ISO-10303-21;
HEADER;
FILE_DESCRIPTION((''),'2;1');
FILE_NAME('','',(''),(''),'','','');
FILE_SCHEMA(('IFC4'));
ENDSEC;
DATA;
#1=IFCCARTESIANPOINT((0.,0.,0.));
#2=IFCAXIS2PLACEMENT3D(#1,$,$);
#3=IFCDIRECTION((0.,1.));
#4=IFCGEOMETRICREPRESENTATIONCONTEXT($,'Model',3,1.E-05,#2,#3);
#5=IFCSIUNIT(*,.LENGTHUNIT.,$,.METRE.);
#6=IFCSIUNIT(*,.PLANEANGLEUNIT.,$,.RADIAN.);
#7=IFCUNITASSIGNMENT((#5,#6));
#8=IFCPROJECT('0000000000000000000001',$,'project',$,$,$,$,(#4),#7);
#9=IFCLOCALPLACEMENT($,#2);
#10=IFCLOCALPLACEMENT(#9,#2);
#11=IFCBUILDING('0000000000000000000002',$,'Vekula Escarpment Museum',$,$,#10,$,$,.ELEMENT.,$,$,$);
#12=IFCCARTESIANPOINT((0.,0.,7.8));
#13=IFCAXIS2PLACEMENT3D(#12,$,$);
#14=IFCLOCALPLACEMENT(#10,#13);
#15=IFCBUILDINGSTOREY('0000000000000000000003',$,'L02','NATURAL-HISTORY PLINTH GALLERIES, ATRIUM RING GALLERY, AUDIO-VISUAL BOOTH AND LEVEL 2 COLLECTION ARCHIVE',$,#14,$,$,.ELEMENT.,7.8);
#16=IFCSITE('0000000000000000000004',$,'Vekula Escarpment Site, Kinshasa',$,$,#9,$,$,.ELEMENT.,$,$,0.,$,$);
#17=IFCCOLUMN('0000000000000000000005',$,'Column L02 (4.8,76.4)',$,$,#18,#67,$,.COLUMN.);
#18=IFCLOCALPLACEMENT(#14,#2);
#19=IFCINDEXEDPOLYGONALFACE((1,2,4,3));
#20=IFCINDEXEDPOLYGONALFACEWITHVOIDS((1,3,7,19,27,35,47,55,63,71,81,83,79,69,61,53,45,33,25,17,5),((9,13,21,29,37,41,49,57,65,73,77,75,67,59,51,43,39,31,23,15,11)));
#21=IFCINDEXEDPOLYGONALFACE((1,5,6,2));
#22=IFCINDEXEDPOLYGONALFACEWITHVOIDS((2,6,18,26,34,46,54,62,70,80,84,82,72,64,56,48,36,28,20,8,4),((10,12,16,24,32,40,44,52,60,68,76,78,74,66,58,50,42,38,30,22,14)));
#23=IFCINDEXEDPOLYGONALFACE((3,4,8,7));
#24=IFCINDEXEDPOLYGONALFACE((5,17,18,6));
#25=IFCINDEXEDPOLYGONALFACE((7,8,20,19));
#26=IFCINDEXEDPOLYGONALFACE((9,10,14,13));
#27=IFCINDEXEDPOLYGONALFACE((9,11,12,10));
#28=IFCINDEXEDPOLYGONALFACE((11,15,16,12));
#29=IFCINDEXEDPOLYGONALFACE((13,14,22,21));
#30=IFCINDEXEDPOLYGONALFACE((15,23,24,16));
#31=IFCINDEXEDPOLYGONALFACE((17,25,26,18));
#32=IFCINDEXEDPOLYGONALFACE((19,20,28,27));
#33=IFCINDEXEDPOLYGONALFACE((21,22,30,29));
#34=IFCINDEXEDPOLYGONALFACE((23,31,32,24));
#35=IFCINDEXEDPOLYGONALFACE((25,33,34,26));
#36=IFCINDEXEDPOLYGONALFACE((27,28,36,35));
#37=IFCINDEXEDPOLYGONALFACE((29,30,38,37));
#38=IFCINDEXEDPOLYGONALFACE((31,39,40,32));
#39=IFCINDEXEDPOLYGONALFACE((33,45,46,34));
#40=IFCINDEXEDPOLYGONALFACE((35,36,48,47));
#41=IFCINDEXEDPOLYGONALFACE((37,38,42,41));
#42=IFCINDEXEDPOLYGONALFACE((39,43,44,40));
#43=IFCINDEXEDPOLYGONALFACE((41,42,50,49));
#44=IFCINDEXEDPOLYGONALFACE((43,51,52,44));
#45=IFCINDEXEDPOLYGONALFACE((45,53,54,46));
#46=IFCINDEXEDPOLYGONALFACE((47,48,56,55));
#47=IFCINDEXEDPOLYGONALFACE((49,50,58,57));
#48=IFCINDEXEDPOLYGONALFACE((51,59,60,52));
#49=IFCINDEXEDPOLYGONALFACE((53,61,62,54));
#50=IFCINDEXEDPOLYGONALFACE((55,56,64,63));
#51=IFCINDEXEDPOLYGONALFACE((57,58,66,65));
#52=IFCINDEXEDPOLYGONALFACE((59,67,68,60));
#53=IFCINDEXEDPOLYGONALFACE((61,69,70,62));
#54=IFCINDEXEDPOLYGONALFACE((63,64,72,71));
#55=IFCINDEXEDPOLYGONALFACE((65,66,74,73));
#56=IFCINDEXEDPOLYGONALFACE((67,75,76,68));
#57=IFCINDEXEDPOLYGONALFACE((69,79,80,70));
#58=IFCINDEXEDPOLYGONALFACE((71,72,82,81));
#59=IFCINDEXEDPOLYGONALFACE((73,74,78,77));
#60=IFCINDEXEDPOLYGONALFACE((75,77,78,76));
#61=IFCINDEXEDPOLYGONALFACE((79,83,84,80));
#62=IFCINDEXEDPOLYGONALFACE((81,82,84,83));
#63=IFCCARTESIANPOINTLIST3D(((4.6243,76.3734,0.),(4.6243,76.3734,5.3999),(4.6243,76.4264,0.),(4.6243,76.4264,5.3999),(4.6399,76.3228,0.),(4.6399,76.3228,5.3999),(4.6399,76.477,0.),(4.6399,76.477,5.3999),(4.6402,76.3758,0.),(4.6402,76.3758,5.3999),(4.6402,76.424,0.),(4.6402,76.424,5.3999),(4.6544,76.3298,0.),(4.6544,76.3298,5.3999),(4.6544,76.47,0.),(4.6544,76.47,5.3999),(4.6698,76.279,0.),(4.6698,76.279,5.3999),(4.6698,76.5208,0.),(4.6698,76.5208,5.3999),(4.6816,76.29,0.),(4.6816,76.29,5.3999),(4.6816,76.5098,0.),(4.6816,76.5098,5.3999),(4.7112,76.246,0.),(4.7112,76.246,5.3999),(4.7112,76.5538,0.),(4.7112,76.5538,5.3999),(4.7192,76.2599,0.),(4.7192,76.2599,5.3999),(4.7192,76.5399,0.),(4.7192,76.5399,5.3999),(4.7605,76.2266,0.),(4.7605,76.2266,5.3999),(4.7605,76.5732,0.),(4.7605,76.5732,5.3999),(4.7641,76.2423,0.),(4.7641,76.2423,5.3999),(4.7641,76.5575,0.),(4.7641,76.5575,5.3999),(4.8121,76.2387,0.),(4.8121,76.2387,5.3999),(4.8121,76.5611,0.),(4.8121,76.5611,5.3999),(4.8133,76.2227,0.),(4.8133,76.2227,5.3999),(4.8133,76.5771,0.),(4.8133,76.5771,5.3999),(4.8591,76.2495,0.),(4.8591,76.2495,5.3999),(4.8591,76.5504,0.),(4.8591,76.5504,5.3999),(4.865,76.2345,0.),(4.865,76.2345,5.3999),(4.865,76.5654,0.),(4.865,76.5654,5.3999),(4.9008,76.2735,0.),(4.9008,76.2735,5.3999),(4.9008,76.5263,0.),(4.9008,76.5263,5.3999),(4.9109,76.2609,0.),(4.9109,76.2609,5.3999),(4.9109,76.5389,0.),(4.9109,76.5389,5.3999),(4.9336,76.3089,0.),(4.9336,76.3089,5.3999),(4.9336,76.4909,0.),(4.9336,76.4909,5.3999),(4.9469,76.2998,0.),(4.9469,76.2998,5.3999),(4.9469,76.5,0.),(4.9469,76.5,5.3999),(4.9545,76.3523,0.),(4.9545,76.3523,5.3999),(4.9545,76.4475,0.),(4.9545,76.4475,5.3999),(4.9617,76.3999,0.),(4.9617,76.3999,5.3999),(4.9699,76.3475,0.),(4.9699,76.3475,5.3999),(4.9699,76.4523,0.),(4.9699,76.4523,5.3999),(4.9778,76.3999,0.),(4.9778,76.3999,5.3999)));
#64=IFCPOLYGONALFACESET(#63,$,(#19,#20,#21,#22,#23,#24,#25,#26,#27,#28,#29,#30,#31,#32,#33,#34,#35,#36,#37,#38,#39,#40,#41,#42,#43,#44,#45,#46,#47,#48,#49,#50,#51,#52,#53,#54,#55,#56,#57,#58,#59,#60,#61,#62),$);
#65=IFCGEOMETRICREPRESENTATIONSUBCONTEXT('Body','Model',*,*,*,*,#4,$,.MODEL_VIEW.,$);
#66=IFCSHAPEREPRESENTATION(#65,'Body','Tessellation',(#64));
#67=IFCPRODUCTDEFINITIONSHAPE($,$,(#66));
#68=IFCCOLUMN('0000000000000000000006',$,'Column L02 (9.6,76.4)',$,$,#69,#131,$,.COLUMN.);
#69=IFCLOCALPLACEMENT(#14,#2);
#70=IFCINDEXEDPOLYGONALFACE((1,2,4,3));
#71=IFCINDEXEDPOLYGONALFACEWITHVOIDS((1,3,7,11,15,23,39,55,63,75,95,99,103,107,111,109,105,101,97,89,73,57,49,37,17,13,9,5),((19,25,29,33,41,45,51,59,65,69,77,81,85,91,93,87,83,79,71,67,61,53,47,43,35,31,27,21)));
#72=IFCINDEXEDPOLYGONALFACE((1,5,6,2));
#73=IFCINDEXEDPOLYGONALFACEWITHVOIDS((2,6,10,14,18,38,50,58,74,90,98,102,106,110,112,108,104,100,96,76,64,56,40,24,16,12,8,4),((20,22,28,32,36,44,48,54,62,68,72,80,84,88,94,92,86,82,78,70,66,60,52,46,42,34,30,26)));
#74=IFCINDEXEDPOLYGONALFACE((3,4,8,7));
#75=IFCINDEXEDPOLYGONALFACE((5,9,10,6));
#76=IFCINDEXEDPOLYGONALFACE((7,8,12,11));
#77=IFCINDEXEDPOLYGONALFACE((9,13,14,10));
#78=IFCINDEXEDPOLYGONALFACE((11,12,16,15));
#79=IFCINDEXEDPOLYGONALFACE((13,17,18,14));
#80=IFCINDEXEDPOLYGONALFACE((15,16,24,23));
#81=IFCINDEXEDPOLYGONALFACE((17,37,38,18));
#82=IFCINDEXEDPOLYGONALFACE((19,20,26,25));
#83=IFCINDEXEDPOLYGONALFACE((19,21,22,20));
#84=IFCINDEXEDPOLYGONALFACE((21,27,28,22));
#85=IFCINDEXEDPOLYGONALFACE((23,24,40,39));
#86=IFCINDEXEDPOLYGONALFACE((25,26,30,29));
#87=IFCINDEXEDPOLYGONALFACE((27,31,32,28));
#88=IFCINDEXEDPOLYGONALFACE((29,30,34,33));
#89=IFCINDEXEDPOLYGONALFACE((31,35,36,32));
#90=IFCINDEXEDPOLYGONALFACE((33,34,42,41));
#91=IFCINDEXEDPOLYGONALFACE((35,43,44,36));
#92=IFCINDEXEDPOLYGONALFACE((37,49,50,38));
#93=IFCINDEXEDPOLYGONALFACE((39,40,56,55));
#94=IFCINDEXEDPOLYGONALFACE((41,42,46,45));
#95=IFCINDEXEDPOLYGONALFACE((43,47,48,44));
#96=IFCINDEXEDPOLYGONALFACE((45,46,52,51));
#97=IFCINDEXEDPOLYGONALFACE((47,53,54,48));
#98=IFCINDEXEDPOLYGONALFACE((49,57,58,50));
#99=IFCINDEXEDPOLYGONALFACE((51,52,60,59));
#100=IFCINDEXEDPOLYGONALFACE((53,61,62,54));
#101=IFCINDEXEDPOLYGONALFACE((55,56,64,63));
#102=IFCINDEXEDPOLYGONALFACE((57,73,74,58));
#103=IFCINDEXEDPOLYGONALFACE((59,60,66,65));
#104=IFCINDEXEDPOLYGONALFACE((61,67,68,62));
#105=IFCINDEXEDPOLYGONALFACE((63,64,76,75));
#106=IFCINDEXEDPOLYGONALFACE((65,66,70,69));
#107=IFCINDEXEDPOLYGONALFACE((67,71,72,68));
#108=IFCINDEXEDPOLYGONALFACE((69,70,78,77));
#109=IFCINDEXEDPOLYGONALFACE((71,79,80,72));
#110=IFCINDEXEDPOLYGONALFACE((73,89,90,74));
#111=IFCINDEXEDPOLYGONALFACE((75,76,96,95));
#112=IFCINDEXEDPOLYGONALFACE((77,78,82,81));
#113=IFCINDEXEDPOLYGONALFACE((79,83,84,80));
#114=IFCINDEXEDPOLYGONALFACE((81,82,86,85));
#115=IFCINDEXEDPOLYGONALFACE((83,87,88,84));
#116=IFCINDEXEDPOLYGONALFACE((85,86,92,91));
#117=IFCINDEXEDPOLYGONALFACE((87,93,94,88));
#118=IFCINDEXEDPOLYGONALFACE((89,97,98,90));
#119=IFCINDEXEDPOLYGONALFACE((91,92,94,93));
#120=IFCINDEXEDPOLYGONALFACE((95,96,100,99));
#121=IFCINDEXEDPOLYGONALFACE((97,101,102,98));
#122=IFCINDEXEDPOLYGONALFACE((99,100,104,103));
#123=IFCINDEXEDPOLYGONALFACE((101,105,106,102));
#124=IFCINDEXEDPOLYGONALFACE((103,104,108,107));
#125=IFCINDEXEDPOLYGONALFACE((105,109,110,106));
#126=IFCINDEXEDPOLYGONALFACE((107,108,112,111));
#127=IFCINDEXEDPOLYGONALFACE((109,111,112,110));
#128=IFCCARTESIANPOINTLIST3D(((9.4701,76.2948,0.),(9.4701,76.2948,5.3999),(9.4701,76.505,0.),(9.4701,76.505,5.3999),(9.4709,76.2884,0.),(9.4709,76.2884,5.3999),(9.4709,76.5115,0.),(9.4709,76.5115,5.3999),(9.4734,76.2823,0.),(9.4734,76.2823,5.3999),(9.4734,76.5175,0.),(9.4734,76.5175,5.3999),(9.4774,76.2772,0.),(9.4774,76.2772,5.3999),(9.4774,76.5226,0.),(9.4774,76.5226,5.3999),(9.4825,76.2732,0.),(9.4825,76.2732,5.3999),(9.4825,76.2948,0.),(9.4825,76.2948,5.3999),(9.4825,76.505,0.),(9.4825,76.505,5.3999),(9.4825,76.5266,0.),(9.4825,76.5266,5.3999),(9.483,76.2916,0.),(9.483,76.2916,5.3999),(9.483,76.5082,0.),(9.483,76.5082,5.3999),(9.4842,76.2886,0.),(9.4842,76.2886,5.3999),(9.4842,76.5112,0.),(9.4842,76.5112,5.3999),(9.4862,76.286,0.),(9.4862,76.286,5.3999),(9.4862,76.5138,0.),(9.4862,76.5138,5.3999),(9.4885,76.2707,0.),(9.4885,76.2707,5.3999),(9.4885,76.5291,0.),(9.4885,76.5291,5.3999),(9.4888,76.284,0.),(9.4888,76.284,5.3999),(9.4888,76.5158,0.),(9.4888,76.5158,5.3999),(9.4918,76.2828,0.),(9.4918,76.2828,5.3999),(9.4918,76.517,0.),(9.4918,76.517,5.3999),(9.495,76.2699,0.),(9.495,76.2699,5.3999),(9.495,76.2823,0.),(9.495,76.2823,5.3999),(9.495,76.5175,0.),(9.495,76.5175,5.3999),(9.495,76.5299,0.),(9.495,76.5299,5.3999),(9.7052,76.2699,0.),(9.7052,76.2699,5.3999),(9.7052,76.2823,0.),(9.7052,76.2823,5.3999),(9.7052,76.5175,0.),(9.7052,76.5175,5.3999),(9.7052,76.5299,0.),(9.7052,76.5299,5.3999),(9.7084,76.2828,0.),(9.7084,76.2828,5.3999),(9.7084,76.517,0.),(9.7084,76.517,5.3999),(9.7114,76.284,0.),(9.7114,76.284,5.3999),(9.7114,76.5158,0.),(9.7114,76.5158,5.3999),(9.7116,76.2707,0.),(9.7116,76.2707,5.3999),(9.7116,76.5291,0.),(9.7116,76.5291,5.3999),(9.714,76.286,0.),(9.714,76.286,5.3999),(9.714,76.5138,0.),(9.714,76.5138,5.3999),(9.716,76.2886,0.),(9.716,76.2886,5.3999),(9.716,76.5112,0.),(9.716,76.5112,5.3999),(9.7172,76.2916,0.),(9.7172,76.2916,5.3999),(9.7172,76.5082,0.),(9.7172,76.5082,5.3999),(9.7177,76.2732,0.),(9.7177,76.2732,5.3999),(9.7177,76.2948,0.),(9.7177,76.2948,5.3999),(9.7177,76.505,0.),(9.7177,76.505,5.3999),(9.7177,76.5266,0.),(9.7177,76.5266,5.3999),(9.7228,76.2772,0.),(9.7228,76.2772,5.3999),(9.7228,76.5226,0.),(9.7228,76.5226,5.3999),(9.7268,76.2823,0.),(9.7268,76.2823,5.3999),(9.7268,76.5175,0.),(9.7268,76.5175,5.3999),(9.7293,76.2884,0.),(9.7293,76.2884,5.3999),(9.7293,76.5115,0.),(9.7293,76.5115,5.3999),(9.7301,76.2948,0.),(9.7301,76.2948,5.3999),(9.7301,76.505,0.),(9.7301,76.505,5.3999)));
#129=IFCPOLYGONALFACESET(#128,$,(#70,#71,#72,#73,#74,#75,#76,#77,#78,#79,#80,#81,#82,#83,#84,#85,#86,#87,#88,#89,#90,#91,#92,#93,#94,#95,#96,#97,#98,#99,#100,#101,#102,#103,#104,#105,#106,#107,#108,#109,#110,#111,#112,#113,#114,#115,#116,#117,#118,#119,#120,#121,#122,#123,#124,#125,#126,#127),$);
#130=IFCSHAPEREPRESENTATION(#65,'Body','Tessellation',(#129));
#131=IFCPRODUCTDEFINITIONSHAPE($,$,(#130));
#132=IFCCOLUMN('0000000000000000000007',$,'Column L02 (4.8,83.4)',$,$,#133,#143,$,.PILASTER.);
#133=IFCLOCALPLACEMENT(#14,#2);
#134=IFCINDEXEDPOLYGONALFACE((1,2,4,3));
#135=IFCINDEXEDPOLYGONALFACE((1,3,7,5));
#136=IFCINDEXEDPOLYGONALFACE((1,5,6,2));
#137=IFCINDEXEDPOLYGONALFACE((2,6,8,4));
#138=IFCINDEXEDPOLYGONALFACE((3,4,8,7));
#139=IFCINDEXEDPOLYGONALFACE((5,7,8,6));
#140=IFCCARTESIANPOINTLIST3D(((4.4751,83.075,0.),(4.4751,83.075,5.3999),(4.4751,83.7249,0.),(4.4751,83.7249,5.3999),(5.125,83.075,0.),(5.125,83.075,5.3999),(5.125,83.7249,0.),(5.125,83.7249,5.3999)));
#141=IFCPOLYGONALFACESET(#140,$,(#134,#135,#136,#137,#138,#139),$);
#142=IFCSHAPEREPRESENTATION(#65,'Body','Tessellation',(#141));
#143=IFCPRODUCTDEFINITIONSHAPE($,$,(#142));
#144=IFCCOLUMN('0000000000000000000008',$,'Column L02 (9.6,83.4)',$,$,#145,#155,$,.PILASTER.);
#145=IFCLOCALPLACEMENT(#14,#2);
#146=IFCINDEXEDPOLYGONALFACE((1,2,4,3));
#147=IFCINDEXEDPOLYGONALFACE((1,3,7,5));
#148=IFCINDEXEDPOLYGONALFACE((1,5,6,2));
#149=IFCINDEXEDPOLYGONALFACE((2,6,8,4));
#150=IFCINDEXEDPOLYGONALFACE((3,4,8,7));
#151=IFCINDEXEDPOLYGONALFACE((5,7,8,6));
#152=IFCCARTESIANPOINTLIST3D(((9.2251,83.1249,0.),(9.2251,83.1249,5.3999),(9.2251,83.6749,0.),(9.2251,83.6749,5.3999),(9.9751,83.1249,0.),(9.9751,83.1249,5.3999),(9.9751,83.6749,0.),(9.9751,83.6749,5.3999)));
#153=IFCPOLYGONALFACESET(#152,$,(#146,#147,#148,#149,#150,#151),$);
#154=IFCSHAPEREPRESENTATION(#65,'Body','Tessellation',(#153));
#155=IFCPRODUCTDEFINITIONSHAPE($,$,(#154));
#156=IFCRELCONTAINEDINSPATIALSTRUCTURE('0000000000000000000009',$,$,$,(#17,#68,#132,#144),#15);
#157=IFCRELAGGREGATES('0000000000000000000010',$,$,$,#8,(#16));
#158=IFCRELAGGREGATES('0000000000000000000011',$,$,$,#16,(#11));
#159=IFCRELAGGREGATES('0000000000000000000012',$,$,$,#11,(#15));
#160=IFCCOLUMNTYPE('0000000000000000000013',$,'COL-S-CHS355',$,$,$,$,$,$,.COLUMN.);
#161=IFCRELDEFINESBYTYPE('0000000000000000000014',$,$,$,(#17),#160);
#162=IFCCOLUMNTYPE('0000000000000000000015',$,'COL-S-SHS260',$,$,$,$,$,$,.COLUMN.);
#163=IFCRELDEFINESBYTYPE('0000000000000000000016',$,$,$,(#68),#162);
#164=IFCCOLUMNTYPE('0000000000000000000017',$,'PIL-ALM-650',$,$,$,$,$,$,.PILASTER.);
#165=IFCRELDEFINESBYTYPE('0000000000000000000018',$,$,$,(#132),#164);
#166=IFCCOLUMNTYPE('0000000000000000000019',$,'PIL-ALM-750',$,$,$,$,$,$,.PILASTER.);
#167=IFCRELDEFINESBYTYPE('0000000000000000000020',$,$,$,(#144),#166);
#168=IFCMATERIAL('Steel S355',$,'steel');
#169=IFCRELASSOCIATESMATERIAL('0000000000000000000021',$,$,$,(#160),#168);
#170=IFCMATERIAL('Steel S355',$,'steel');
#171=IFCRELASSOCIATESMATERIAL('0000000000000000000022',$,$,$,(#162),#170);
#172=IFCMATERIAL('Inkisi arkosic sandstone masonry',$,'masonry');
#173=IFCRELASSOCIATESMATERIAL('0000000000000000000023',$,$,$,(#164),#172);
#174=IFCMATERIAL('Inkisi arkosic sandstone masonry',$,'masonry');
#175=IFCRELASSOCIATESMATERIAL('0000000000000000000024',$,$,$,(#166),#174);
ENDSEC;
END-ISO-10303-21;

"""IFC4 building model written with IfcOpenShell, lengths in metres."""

from ifc_helpers import new_model, si_unit, direction, frame, origin, origin_2d, place, context, subcontext, project, spatial, rectangle, hollow_rectangle, hollow_circle, extrude, material, material_profile, profile_set, type_object, element, save


model = new_model("IFC4")

# Units and contexts
model_context = context("Model", 3, precision=1e-05, world=origin(), true_north=direction((0.0, 1.0)))
body_context = subcontext(model_context, "Body", "Model", "MODEL_VIEW")
ifc_project = project(units=[si_unit("LENGTHUNIT", "METRE"), si_unit("PLANEANGLEUNIT", "RADIAN")], contexts=[model_context])

# Site, building, storey
site_placement = place(None, origin())
site = spatial("IfcSite", under=ifc_project, at=site_placement, Name="Vekula Escarpment Site, Kinshasa", CompositionType="ELEMENT", RefElevation=0.0)
building_placement = place(site_placement, origin())
building = spatial("IfcBuilding", under=site, at=building_placement, Name="Vekula Escarpment Museum", CompositionType="ELEMENT")
storey_placement = place(building_placement, frame((0.0, 0.0, 7.8)))
storey = spatial("IfcBuildingStorey", under=building, at=storey_placement, Name="L02", Description="NATURAL-HISTORY PLINTH GALLERIES, ATRIUM RING GALLERY, AUDIO-VISUAL BOOTH AND LEVEL 2 COLLECTION ARCHIVE", CompositionType="ELEMENT", Elevation=7.8)

# Columns
ifc_material_1 = material(Name="Steel S355", Category="steel")
ifc_material_profile_1 = material_profile(ifc_material_1, hollow_circle(Radius=0.1777, WallThickness=0.0161, at=origin_2d()), Name="CHS 355.6x16")
ifc_profile_set_1 = profile_set([ifc_material_profile_1], Name="Steel S355")
column_type_1 = type_object("IfcColumnType", Name="COL-S-CHS355", PredefinedType="COLUMN", material=ifc_profile_set_1)
column_1_placement = place(storey_placement, frame((4.8, 76.3999, 0.0), z_axis=(0.0, 0.0, 1.0), x_axis=(1.0, 0.0, 0.0)))
element("IfcColumn", 1, at=column_1_placement, inside=storey, type_object=column_type_1, Name="Column L02 (4.8,76.4)", PredefinedType="COLUMN", context=body_context, shape_type="SweptSolid", body=[
    extrude(hollow_circle(Radius=0.1777, WallThickness=0.0161, at=origin_2d()), origin(), (0.0, 0.0, 1.0), 5.3999),
])
ifc_material_2 = material(Name="Steel S355", Category="steel")
ifc_material_profile_2 = material_profile(ifc_material_2, hollow_rectangle(XDim=0.26, YDim=0.26, WallThickness=0.0125, InnerFilletRadius=0.0125, OuterFilletRadius=0.0249, at=origin_2d()), Name="SHS 260x260x12.5")
ifc_profile_set_2 = profile_set([ifc_material_profile_2], Name="Steel S355")
column_type_2 = type_object("IfcColumnType", Name="COL-S-SHS260", PredefinedType="COLUMN", material=ifc_profile_set_2)
column_2_placement = place(storey_placement, frame((9.6001, 76.3999, 0.0), z_axis=(0.0, 0.0, 1.0), x_axis=(1.0, 0.0, 0.0)))
element("IfcColumn", 2, at=column_2_placement, inside=storey, type_object=column_type_2, Name="Column L02 (9.6,76.4)", PredefinedType="COLUMN", context=body_context, shape_type="SweptSolid", body=[
    extrude(hollow_rectangle(XDim=0.26, YDim=0.26, WallThickness=0.0125, InnerFilletRadius=0.0125, OuterFilletRadius=0.0249, at=origin_2d()), origin(), (0.0, 0.0, 1.0), 5.3999),
])
ifc_material_3 = material(Name="Inkisi arkosic sandstone masonry", Category="masonry")
ifc_material_profile_3 = material_profile(ifc_material_3, rectangle(XDim=0.6499, YDim=0.6499, at=origin_2d()), Name="PIER 650x650")
ifc_profile_set_3 = profile_set([ifc_material_profile_3], Name="Inkisi arkosic sandstone masonry")
column_type_3 = type_object("IfcColumnType", Name="PIL-ALM-650", PredefinedType="PILASTER", material=ifc_profile_set_3)
column_3_placement = place(storey_placement, frame((4.8, 83.3999, 0.0), z_axis=(0.0, 0.0, 1.0), x_axis=(1.0, 0.0, 0.0)))
element("IfcColumn", 3, at=column_3_placement, inside=storey, type_object=column_type_3, Name="Column L02 (4.8,83.4)", PredefinedType="PILASTER", context=body_context, shape_type="SweptSolid", body=[
    extrude(rectangle(XDim=0.6499, YDim=0.6499, at=origin_2d()), origin(), (0.0, 0.0, 1.0), 5.3999),
])
ifc_material_4 = material(Name="Inkisi arkosic sandstone masonry", Category="masonry")
ifc_material_profile_4 = material_profile(ifc_material_4, rectangle(XDim=0.75, YDim=0.55, at=origin_2d()), Name="PIER 750x550")
ifc_profile_set_4 = profile_set([ifc_material_profile_4], Name="Inkisi arkosic sandstone masonry")
column_type_4 = type_object("IfcColumnType", Name="PIL-ALM-750", PredefinedType="PILASTER", material=ifc_profile_set_4)
column_4_placement = place(storey_placement, frame((9.6001, 83.3999, 0.0), z_axis=(0.0, 0.0, 1.0), x_axis=(1.0, 0.0, 0.0)))
element("IfcColumn", 4, at=column_4_placement, inside=storey, type_object=column_type_4, Name="Column L02 (9.6,83.4)", PredefinedType="PILASTER", context=body_context, shape_type="SweptSolid", body=[
    extrude(rectangle(XDim=0.75, YDim=0.55, at=origin_2d()), origin(), (0.0, 0.0, 1.0), 5.3999),
])

save(model, "model.ifc")
